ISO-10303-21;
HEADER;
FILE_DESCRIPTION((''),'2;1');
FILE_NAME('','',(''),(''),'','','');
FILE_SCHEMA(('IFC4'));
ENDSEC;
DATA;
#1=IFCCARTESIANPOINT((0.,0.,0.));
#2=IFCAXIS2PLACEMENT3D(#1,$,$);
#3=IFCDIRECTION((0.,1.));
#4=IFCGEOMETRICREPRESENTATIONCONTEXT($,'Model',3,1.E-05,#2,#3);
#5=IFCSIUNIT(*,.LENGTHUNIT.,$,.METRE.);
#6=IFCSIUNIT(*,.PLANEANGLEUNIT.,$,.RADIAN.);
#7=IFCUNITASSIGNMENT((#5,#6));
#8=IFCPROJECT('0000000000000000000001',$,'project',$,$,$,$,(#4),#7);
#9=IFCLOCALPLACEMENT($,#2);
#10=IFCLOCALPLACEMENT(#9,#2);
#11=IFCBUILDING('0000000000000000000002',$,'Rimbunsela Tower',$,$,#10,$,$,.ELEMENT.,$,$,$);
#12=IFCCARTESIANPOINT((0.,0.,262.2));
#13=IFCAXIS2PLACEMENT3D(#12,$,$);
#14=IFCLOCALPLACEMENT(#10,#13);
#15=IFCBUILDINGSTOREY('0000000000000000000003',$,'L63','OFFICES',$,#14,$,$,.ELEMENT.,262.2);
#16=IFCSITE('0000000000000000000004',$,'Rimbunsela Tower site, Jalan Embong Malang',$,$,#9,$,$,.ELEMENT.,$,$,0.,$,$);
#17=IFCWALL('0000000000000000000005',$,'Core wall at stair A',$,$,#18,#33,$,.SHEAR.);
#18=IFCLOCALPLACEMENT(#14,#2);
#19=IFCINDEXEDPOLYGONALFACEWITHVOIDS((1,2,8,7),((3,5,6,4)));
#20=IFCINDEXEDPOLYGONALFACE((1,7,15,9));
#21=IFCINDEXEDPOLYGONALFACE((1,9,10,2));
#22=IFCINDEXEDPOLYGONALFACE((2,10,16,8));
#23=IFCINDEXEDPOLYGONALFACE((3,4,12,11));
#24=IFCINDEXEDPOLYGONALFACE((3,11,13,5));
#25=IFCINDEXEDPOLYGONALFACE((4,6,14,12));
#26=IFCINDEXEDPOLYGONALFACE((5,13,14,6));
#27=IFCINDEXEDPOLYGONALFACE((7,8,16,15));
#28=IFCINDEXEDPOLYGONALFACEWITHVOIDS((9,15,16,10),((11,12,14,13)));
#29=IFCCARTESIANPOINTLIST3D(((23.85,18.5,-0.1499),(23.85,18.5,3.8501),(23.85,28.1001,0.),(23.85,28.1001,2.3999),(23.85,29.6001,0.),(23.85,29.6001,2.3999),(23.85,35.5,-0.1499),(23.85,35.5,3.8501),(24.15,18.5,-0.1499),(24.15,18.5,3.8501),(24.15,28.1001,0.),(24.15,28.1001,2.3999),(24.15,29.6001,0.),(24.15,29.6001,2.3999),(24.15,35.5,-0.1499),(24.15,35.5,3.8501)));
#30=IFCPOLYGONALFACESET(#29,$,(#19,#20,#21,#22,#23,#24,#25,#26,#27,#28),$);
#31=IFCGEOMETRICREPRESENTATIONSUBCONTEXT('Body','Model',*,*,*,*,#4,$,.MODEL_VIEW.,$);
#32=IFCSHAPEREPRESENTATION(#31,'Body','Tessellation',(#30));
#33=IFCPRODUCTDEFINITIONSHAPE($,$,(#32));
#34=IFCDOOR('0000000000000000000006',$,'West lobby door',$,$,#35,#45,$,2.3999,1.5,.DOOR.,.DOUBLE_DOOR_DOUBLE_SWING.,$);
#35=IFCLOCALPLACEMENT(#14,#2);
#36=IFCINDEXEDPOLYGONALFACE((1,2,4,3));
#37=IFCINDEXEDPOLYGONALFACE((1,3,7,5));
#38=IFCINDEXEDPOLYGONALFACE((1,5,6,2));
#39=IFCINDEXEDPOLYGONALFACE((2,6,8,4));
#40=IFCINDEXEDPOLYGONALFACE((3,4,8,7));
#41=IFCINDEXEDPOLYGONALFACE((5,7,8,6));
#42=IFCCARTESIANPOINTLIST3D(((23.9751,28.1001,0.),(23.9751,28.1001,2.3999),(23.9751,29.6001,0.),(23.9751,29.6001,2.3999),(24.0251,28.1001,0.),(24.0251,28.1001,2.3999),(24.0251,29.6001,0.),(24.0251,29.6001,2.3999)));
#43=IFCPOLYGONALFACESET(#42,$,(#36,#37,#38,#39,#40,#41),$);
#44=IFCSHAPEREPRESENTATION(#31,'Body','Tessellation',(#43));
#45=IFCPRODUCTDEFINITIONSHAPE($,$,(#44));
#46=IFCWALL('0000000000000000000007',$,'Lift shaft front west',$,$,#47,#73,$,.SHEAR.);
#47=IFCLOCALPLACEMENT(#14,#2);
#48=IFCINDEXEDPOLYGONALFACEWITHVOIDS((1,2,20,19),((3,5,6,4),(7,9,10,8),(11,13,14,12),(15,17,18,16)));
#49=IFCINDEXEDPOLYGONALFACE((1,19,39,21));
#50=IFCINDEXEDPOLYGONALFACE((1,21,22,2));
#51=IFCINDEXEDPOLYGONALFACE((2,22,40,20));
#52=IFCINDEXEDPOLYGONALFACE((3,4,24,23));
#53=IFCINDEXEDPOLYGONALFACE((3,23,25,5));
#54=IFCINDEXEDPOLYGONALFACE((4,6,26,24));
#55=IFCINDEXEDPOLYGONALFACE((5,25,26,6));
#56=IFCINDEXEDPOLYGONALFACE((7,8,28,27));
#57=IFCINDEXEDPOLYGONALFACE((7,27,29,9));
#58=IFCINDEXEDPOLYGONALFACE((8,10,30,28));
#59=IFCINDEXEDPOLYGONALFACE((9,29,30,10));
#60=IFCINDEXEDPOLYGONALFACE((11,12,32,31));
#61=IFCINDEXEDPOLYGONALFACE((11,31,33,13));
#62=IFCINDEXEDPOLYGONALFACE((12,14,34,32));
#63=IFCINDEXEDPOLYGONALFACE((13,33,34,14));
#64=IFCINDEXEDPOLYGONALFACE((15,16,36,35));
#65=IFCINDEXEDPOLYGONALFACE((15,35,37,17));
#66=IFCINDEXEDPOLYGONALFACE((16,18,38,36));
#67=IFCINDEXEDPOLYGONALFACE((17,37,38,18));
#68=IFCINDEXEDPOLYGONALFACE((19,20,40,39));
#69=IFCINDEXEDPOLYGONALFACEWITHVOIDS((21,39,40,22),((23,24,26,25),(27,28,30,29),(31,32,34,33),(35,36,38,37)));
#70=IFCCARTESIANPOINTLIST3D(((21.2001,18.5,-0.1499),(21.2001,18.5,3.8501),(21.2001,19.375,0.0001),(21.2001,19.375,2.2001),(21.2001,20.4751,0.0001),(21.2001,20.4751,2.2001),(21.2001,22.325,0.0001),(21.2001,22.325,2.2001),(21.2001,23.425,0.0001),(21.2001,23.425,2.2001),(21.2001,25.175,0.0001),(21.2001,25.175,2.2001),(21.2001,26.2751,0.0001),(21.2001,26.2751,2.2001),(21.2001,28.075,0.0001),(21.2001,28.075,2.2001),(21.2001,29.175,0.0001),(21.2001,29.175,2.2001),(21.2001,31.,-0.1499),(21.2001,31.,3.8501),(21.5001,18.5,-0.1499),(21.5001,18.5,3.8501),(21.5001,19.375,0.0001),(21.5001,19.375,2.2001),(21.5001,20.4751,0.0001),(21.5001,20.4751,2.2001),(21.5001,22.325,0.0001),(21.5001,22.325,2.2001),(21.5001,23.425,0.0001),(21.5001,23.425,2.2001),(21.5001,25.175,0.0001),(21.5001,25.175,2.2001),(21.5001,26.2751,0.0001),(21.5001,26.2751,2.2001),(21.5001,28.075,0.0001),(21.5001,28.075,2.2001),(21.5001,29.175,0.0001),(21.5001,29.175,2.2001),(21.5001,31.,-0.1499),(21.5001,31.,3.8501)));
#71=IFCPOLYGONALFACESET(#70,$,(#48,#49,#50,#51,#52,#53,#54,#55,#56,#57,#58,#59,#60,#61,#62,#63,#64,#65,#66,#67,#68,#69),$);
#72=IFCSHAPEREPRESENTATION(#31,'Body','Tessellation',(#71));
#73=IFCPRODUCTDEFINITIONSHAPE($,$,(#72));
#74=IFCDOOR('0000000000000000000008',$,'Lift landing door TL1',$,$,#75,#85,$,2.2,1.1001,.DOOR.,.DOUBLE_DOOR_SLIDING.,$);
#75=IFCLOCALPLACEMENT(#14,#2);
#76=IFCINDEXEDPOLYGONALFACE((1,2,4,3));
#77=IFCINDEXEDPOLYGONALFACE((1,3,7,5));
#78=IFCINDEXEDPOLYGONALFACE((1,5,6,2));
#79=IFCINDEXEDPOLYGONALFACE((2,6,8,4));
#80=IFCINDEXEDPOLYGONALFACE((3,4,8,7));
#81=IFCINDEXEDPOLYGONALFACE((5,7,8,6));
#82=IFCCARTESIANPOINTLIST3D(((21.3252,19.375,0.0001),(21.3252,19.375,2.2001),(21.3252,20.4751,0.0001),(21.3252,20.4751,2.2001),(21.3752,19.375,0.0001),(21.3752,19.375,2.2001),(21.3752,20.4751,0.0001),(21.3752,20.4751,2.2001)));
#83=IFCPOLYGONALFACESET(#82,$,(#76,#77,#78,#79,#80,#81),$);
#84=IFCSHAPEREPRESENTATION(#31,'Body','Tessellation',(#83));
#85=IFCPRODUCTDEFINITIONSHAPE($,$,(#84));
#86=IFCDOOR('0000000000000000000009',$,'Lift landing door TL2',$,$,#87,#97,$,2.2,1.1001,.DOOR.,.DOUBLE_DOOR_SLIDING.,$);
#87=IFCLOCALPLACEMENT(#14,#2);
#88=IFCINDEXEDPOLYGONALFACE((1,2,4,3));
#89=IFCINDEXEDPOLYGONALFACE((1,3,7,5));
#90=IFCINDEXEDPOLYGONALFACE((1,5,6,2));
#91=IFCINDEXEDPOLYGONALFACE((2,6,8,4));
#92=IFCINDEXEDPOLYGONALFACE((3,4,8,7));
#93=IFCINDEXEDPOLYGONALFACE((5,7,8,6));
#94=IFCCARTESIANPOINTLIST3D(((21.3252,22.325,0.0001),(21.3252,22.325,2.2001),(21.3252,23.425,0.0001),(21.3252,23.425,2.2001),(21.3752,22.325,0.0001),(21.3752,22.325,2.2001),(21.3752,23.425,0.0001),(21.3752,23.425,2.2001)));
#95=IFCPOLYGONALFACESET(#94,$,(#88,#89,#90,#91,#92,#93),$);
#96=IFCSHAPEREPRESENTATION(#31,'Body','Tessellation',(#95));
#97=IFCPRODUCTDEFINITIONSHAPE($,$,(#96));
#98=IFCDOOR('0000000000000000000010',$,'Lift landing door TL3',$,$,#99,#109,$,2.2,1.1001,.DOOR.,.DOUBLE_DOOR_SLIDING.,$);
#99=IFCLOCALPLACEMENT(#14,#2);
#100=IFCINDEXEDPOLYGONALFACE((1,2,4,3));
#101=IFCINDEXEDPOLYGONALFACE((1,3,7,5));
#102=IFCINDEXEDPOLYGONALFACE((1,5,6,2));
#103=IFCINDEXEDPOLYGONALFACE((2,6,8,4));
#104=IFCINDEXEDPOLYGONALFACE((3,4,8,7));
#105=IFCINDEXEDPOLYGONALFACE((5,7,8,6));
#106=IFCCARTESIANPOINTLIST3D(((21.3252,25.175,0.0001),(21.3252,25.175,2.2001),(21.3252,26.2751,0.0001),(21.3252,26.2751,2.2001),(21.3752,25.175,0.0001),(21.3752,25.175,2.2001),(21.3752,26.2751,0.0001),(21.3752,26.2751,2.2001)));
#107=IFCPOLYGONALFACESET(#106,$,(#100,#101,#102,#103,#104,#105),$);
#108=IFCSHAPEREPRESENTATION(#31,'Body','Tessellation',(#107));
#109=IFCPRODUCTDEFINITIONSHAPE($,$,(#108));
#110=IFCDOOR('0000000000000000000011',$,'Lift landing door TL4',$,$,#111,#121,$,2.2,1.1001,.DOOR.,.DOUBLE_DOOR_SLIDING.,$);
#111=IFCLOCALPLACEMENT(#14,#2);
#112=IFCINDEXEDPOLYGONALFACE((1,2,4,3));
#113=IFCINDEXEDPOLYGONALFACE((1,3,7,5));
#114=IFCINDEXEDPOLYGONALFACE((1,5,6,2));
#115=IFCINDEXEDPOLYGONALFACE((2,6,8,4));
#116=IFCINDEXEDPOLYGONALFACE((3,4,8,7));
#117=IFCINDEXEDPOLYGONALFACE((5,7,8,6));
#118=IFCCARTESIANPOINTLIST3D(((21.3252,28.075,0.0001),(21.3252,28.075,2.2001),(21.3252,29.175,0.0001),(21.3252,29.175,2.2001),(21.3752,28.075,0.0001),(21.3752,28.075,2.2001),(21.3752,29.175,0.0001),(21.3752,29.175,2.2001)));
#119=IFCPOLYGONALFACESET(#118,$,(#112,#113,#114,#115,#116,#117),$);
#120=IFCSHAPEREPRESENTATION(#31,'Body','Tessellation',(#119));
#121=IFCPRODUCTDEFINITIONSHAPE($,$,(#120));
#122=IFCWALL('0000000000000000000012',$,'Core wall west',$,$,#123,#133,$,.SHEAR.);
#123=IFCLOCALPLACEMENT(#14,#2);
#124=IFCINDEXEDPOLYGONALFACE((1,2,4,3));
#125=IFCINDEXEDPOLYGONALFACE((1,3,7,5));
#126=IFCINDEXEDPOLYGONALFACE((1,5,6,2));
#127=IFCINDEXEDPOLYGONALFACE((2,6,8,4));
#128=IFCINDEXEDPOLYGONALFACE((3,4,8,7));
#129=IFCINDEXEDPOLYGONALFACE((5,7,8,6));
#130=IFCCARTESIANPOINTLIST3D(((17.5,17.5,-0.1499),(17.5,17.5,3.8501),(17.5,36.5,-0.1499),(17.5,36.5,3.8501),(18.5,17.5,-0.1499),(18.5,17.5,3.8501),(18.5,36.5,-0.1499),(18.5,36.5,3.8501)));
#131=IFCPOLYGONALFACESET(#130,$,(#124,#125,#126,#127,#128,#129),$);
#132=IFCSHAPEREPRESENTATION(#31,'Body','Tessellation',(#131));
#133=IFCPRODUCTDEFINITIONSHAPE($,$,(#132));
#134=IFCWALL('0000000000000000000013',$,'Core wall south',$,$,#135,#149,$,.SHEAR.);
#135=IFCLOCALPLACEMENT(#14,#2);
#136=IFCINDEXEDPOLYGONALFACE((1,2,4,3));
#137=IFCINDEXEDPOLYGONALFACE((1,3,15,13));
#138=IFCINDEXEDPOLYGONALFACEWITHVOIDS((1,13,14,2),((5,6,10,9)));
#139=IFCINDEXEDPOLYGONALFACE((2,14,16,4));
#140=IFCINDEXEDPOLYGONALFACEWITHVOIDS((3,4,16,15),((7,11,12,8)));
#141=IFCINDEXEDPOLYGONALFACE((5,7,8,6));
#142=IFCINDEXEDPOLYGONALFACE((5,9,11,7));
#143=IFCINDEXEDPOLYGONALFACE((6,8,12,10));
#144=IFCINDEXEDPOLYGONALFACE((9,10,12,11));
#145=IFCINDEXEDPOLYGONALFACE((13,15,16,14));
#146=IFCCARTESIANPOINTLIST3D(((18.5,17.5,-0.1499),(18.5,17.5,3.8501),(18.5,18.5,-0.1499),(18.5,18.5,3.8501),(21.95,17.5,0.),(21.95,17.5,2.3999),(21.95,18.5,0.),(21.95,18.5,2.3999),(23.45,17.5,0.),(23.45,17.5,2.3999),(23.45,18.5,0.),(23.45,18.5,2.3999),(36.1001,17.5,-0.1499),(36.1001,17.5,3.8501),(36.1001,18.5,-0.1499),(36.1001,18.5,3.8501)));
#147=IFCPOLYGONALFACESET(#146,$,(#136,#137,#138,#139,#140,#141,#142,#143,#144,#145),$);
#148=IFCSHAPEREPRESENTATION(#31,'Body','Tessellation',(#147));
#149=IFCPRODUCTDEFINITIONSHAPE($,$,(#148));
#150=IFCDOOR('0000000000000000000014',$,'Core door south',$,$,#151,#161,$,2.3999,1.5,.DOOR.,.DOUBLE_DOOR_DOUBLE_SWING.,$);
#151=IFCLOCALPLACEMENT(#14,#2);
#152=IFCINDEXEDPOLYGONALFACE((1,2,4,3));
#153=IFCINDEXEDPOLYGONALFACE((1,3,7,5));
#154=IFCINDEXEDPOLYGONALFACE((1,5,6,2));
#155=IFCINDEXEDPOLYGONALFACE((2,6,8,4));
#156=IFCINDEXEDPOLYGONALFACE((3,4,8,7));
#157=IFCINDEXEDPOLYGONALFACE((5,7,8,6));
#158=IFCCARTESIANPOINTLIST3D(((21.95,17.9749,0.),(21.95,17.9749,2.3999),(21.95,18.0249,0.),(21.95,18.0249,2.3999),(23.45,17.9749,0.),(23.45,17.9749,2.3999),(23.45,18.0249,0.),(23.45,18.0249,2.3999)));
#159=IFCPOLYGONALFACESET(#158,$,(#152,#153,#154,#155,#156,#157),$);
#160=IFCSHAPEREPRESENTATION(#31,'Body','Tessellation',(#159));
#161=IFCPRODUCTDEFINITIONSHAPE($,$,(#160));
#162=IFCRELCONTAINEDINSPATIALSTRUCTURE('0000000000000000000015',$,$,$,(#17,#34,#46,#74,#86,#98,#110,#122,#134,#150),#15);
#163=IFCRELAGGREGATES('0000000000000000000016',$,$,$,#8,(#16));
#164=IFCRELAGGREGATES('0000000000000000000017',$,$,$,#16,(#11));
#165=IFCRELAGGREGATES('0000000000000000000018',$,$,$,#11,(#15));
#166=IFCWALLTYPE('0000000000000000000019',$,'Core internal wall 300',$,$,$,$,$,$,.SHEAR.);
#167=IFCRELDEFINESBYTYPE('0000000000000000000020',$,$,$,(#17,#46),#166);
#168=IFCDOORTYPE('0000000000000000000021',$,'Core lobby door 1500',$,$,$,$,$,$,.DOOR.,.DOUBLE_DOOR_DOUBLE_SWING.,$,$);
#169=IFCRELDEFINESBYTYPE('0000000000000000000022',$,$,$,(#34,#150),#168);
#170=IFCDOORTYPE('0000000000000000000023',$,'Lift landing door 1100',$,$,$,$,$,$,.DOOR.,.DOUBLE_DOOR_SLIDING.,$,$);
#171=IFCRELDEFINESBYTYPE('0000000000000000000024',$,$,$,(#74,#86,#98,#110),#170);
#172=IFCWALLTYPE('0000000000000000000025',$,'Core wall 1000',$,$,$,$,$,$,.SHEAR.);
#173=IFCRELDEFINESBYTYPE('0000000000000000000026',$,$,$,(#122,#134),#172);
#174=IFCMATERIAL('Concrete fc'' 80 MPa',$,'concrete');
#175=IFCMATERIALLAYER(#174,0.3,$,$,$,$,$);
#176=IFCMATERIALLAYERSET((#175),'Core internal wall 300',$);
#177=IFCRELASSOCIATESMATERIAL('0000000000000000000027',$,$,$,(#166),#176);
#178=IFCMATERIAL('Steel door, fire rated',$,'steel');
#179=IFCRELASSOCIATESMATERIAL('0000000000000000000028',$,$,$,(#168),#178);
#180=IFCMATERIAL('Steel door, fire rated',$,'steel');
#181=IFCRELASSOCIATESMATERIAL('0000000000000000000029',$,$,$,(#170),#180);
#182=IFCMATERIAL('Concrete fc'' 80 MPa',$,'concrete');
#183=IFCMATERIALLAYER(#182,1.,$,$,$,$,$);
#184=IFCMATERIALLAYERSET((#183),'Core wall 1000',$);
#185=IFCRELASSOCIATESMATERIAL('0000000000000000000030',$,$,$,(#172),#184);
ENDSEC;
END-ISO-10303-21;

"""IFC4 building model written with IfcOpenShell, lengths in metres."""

from ifc_helpers import new_model, si_unit, direction, frame, frame_2d, origin, place, context, subcontext, project, spatial, rectangle, extrude, material, layer, layer_set, type_object, element, fill, save


model = new_model("IFC4")

# Units and contexts
model_context = context("Model", 3, precision=1e-05, world=origin(), true_north=direction((0.0, 1.0)))
body_context = subcontext(model_context, "Body", "Model", "MODEL_VIEW")
ifc_project = project(units=[si_unit("LENGTHUNIT", "METRE"), si_unit("PLANEANGLEUNIT", "RADIAN")], contexts=[model_context])

# Site, building, storey
site_placement = place(None, origin())
site = spatial("IfcSite", under=ifc_project, at=site_placement, Name="Rimbunsela Tower site, Jalan Embong Malang", CompositionType="ELEMENT", RefElevation=0.0)
building_placement = place(site_placement, origin())
building = spatial("IfcBuilding", under=site, at=building_placement, Name="Rimbunsela Tower", CompositionType="ELEMENT")
storey_placement = place(building_placement, frame((0.0, 0.0, 262.2)))
storey = spatial("IfcBuildingStorey", under=building, at=storey_placement, Name="L63", Description="OFFICES", CompositionType="ELEMENT", Elevation=262.2)

# Wall, opening, door
ifc_material_1 = material(Name="Concrete fc' 80 MPa", Category="concrete")
ifc_layer_1 = layer(ifc_material_1, 0.3)
ifc_layer_set_1 = layer_set([ifc_layer_1], Name="Core internal wall 300")
wall_type_1 = type_object("IfcWallType", Name="Core internal wall 300", PredefinedType="SHEAR", material=ifc_layer_set_1)
wall_1_placement = place(storey_placement, frame((24.0, 18.5, -0.1499), z_axis=(0.0, 0.0, 1.0), x_axis=(0.0, 1.0, 0.0)))
wall_1 = element("IfcWall", 1, at=wall_1_placement, inside=storey, type_object=wall_type_1, Name="Core wall at stair A", PredefinedType="SHEAR", context=body_context, shape_type="SweptSolid", body=[
    extrude(rectangle(XDim=17.0, YDim=0.3, at=frame_2d((8.5, 0.0))), origin(), (0.0, 0.0, 1.0), 4.0),
])
opening_1_placement = place(wall_1_placement, frame((9.6001, 0.0, 0.1499)))
opening_1 = element("IfcOpeningElement", 2, at=opening_1_placement, cuts=wall_1, PredefinedType="OPENING", context=body_context, shape_type="SweptSolid", body=[
    extrude(rectangle(XDim=1.5, YDim=2.3999, at=frame_2d((0.75, 1.2))), frame((0.0, 0.1599, 0.0), z_axis=(0.0, -1.0, 0.0), x_axis=(1.0, 0.0, 0.0)), (0.0, 0.0, 1.0), 0.3201),
])
ifc_material_2 = material(Name="Steel door, fire rated", Category="steel")
door_type_1 = type_object("IfcDoorType", Name="Core lobby door 1500", OperationType="DOUBLE_DOOR_DOUBLE_SWING", PredefinedType="DOOR", material=ifc_material_2)
door_1_placement = place(opening_1_placement, origin())
door_1 = element("IfcDoor", 3, at=door_1_placement, inside=storey, type_object=door_type_1, Name="West lobby door", OperationType="DOUBLE_DOOR_DOUBLE_SWING", OverallHeight=2.3999, OverallWidth=1.5, PredefinedType="DOOR", context=body_context, shape_type="SweptSolid", body=[
    extrude(rectangle(XDim=1.5, YDim=2.3999, at=frame_2d((0.75, 1.2))), frame((0.0, 0.0249, 0.0), z_axis=(0.0, -1.0, 0.0), x_axis=(1.0, 0.0, 0.0)), (0.0, 0.0, 1.0), 0.05),
])
fill(opening_1, door_1)

# Wall, openings, doors
wall_2_placement = place(storey_placement, frame((21.3501, 18.5, -0.1499), z_axis=(0.0, 0.0, 1.0), x_axis=(0.0, 1.0, 0.0)))
wall_2 = element("IfcWall", 4, at=wall_2_placement, inside=storey, type_object=wall_type_1, Name="Lift shaft front west", PredefinedType="SHEAR", context=body_context, shape_type="SweptSolid", body=[
    extrude(rectangle(XDim=12.5, YDim=0.3, at=frame_2d((6.25, 0.0))), origin(), (0.0, 0.0, 1.0), 4.0),
])
opening_2_placement = place(wall_2_placement, frame((0.875, 0.0, 0.1499)))
opening_2 = element("IfcOpeningElement", 5, at=opening_2_placement, cuts=wall_2, PredefinedType="OPENING", context=body_context, shape_type="SweptSolid", body=[
    extrude(rectangle(XDim=1.1001, YDim=2.2, at=frame_2d((0.55, 1.1001))), frame((0.0, 0.1599, 0.0), z_axis=(0.0, -1.0, 0.0), x_axis=(1.0, 0.0, 0.0)), (0.0, 0.0, 1.0), 0.3201),
])
opening_3_placement = place(wall_2_placement, frame((3.825, 0.0, 0.1499)))
opening_3 = element("IfcOpeningElement", 6, at=opening_3_placement, cuts=wall_2, PredefinedType="OPENING", context=body_context, shape_type="SweptSolid", body=[
    extrude(rectangle(XDim=1.1001, YDim=2.2, at=frame_2d((0.55, 1.1001))), frame((0.0, 0.1599, 0.0), z_axis=(0.0, -1.0, 0.0), x_axis=(1.0, 0.0, 0.0)), (0.0, 0.0, 1.0), 0.3201),
])
opening_4_placement = place(wall_2_placement, frame((6.675, 0.0, 0.1499)))
opening_4 = element("IfcOpeningElement", 7, at=opening_4_placement, cuts=wall_2, PredefinedType="OPENING", context=body_context, shape_type="SweptSolid", body=[
    extrude(rectangle(XDim=1.1001, YDim=2.2, at=frame_2d((0.55, 1.1001))), frame((0.0, 0.1599, 0.0), z_axis=(0.0, -1.0, 0.0), x_axis=(1.0, 0.0, 0.0)), (0.0, 0.0, 1.0), 0.3201),
])
opening_5_placement = place(wall_2_placement, frame((9.575, 0.0, 0.1499)))
opening_5 = element("IfcOpeningElement", 8, at=opening_5_placement, cuts=wall_2, PredefinedType="OPENING", context=body_context, shape_type="SweptSolid", body=[
    extrude(rectangle(XDim=1.1001, YDim=2.2, at=frame_2d((0.55, 1.1001))), frame((0.0, 0.1599, 0.0), z_axis=(0.0, -1.0, 0.0), x_axis=(1.0, 0.0, 0.0)), (0.0, 0.0, 1.0), 0.3201),
])
ifc_material_3 = material(Name="Steel door, fire rated", Category="steel")
door_type_2 = type_object("IfcDoorType", Name="Lift landing door 1100", OperationType="DOUBLE_DOOR_SLIDING", PredefinedType="DOOR", material=ifc_material_3)
door_2_placement = place(opening_2_placement, origin())
door_2 = element("IfcDoor", 9, at=door_2_placement, inside=storey, type_object=door_type_2, Name="Lift landing door TL1", OperationType="DOUBLE_DOOR_SLIDING", OverallHeight=2.2, OverallWidth=1.1001, PredefinedType="DOOR", context=body_context, shape_type="SweptSolid", body=[
    extrude(rectangle(XDim=1.1001, YDim=2.2, at=frame_2d((0.55, 1.1001))), frame((0.0, 0.0249, 0.0), z_axis=(0.0, -1.0, 0.0), x_axis=(1.0, 0.0, 0.0)), (0.0, 0.0, 1.0), 0.05),
])
fill(opening_2, door_2)
door_3_placement = place(opening_3_placement, origin())
door_3 = element("IfcDoor", 10, at=door_3_placement, inside=storey, type_object=door_type_2, Name="Lift landing door TL2", OperationType="DOUBLE_DOOR_SLIDING", OverallHeight=2.2, OverallWidth=1.1001, PredefinedType="DOOR", context=body_context, shape_type="SweptSolid", body=[
    extrude(rectangle(XDim=1.1001, YDim=2.2, at=frame_2d((0.55, 1.1001))), frame((0.0, 0.0249, 0.0), z_axis=(0.0, -1.0, 0.0), x_axis=(1.0, 0.0, 0.0)), (0.0, 0.0, 1.0), 0.05),
])
fill(opening_3, door_3)
door_4_placement = place(opening_4_placement, origin())
door_4 = element("IfcDoor", 11, at=door_4_placement, inside=storey, type_object=door_type_2, Name="Lift landing door TL3", OperationType="DOUBLE_DOOR_SLIDING", OverallHeight=2.2, OverallWidth=1.1001, PredefinedType="DOOR", context=body_context, shape_type="SweptSolid", body=[
    extrude(rectangle(XDim=1.1001, YDim=2.2, at=frame_2d((0.55, 1.1001))), frame((0.0, 0.0249, 0.0), z_axis=(0.0, -1.0, 0.0), x_axis=(1.0, 0.0, 0.0)), (0.0, 0.0, 1.0), 0.05),
])
fill(opening_4, door_4)
door_5_placement = place(opening_5_placement, origin())
door_5 = element("IfcDoor", 12, at=door_5_placement, inside=storey, type_object=door_type_2, Name="Lift landing door TL4", OperationType="DOUBLE_DOOR_SLIDING", OverallHeight=2.2, OverallWidth=1.1001, PredefinedType="DOOR", context=body_context, shape_type="SweptSolid", body=[
    extrude(rectangle(XDim=1.1001, YDim=2.2, at=frame_2d((0.55, 1.1001))), frame((0.0, 0.0249, 0.0), z_axis=(0.0, -1.0, 0.0), x_axis=(1.0, 0.0, 0.0)), (0.0, 0.0, 1.0), 0.05),
])
fill(opening_5, door_5)

# Wall
ifc_material_4 = material(Name="Concrete fc' 80 MPa", Category="concrete")
ifc_layer_2 = layer(ifc_material_4, 1.0)
ifc_layer_set_2 = layer_set([ifc_layer_2], Name="Core wall 1000")
wall_type_2 = type_object("IfcWallType", Name="Core wall 1000", PredefinedType="SHEAR", material=ifc_layer_set_2)
wall_3_placement = place(storey_placement, frame((18.0, 17.5, -0.1499), z_axis=(0.0, 0.0, 1.0), x_axis=(0.0, 1.0, 0.0)))
element("IfcWall", 13, at=wall_3_placement, inside=storey, type_object=wall_type_2, Name="Core wall west", PredefinedType="SHEAR", context=body_context, shape_type="SweptSolid", body=[
    extrude(rectangle(XDim=19.0, YDim=1.0, at=frame_2d((9.5, 0.0))), origin(), (0.0, 0.0, 1.0), 4.0),
])

# Wall, opening, door
wall_4_placement = place(storey_placement, frame((18.5, 18.0, -0.1499), z_axis=(0.0, 0.0, 1.0), x_axis=(1.0, 0.0, 0.0)))
wall_4 = element("IfcWall", 14, at=wall_4_placement, inside=storey, type_object=wall_type_2, Name="Core wall south", PredefinedType="SHEAR", context=body_context, shape_type="SweptSolid", body=[
    extrude(rectangle(XDim=17.6001, YDim=1.0, at=frame_2d((8.8, 0.0))), origin(), (0.0, 0.0, 1.0), 4.0),
])
opening_6_placement = place(wall_4_placement, frame((3.45, 0.0, 0.1499)))
opening_6 = element("IfcOpeningElement", 15, at=opening_6_placement, cuts=wall_4, PredefinedType="OPENING", context=body_context, shape_type="SweptSolid", body=[
    extrude(rectangle(XDim=1.5, YDim=2.3999, at=frame_2d((0.75, 1.2))), frame((0.0, 0.51, 0.0), z_axis=(0.0, -1.0, 0.0), x_axis=(1.0, 0.0, 0.0)), (0.0, 0.0, 1.0), 1.02),
])
door_6_placement = place(opening_6_placement, origin())
door_6 = element("IfcDoor", 16, at=door_6_placement, inside=storey, type_object=door_type_1, Name="Core door south", OperationType="DOUBLE_DOOR_DOUBLE_SWING", OverallHeight=2.3999, OverallWidth=1.5, PredefinedType="DOOR", context=body_context, shape_type="SweptSolid", body=[
    extrude(rectangle(XDim=1.5, YDim=2.3999, at=frame_2d((0.75, 1.2))), frame((0.0, 0.0249, 0.0), z_axis=(0.0, -1.0, 0.0), x_axis=(1.0, 0.0, 0.0)), (0.0, 0.0, 1.0), 0.05),
])
fill(opening_6, door_6)

save(model, "model.ifc")
